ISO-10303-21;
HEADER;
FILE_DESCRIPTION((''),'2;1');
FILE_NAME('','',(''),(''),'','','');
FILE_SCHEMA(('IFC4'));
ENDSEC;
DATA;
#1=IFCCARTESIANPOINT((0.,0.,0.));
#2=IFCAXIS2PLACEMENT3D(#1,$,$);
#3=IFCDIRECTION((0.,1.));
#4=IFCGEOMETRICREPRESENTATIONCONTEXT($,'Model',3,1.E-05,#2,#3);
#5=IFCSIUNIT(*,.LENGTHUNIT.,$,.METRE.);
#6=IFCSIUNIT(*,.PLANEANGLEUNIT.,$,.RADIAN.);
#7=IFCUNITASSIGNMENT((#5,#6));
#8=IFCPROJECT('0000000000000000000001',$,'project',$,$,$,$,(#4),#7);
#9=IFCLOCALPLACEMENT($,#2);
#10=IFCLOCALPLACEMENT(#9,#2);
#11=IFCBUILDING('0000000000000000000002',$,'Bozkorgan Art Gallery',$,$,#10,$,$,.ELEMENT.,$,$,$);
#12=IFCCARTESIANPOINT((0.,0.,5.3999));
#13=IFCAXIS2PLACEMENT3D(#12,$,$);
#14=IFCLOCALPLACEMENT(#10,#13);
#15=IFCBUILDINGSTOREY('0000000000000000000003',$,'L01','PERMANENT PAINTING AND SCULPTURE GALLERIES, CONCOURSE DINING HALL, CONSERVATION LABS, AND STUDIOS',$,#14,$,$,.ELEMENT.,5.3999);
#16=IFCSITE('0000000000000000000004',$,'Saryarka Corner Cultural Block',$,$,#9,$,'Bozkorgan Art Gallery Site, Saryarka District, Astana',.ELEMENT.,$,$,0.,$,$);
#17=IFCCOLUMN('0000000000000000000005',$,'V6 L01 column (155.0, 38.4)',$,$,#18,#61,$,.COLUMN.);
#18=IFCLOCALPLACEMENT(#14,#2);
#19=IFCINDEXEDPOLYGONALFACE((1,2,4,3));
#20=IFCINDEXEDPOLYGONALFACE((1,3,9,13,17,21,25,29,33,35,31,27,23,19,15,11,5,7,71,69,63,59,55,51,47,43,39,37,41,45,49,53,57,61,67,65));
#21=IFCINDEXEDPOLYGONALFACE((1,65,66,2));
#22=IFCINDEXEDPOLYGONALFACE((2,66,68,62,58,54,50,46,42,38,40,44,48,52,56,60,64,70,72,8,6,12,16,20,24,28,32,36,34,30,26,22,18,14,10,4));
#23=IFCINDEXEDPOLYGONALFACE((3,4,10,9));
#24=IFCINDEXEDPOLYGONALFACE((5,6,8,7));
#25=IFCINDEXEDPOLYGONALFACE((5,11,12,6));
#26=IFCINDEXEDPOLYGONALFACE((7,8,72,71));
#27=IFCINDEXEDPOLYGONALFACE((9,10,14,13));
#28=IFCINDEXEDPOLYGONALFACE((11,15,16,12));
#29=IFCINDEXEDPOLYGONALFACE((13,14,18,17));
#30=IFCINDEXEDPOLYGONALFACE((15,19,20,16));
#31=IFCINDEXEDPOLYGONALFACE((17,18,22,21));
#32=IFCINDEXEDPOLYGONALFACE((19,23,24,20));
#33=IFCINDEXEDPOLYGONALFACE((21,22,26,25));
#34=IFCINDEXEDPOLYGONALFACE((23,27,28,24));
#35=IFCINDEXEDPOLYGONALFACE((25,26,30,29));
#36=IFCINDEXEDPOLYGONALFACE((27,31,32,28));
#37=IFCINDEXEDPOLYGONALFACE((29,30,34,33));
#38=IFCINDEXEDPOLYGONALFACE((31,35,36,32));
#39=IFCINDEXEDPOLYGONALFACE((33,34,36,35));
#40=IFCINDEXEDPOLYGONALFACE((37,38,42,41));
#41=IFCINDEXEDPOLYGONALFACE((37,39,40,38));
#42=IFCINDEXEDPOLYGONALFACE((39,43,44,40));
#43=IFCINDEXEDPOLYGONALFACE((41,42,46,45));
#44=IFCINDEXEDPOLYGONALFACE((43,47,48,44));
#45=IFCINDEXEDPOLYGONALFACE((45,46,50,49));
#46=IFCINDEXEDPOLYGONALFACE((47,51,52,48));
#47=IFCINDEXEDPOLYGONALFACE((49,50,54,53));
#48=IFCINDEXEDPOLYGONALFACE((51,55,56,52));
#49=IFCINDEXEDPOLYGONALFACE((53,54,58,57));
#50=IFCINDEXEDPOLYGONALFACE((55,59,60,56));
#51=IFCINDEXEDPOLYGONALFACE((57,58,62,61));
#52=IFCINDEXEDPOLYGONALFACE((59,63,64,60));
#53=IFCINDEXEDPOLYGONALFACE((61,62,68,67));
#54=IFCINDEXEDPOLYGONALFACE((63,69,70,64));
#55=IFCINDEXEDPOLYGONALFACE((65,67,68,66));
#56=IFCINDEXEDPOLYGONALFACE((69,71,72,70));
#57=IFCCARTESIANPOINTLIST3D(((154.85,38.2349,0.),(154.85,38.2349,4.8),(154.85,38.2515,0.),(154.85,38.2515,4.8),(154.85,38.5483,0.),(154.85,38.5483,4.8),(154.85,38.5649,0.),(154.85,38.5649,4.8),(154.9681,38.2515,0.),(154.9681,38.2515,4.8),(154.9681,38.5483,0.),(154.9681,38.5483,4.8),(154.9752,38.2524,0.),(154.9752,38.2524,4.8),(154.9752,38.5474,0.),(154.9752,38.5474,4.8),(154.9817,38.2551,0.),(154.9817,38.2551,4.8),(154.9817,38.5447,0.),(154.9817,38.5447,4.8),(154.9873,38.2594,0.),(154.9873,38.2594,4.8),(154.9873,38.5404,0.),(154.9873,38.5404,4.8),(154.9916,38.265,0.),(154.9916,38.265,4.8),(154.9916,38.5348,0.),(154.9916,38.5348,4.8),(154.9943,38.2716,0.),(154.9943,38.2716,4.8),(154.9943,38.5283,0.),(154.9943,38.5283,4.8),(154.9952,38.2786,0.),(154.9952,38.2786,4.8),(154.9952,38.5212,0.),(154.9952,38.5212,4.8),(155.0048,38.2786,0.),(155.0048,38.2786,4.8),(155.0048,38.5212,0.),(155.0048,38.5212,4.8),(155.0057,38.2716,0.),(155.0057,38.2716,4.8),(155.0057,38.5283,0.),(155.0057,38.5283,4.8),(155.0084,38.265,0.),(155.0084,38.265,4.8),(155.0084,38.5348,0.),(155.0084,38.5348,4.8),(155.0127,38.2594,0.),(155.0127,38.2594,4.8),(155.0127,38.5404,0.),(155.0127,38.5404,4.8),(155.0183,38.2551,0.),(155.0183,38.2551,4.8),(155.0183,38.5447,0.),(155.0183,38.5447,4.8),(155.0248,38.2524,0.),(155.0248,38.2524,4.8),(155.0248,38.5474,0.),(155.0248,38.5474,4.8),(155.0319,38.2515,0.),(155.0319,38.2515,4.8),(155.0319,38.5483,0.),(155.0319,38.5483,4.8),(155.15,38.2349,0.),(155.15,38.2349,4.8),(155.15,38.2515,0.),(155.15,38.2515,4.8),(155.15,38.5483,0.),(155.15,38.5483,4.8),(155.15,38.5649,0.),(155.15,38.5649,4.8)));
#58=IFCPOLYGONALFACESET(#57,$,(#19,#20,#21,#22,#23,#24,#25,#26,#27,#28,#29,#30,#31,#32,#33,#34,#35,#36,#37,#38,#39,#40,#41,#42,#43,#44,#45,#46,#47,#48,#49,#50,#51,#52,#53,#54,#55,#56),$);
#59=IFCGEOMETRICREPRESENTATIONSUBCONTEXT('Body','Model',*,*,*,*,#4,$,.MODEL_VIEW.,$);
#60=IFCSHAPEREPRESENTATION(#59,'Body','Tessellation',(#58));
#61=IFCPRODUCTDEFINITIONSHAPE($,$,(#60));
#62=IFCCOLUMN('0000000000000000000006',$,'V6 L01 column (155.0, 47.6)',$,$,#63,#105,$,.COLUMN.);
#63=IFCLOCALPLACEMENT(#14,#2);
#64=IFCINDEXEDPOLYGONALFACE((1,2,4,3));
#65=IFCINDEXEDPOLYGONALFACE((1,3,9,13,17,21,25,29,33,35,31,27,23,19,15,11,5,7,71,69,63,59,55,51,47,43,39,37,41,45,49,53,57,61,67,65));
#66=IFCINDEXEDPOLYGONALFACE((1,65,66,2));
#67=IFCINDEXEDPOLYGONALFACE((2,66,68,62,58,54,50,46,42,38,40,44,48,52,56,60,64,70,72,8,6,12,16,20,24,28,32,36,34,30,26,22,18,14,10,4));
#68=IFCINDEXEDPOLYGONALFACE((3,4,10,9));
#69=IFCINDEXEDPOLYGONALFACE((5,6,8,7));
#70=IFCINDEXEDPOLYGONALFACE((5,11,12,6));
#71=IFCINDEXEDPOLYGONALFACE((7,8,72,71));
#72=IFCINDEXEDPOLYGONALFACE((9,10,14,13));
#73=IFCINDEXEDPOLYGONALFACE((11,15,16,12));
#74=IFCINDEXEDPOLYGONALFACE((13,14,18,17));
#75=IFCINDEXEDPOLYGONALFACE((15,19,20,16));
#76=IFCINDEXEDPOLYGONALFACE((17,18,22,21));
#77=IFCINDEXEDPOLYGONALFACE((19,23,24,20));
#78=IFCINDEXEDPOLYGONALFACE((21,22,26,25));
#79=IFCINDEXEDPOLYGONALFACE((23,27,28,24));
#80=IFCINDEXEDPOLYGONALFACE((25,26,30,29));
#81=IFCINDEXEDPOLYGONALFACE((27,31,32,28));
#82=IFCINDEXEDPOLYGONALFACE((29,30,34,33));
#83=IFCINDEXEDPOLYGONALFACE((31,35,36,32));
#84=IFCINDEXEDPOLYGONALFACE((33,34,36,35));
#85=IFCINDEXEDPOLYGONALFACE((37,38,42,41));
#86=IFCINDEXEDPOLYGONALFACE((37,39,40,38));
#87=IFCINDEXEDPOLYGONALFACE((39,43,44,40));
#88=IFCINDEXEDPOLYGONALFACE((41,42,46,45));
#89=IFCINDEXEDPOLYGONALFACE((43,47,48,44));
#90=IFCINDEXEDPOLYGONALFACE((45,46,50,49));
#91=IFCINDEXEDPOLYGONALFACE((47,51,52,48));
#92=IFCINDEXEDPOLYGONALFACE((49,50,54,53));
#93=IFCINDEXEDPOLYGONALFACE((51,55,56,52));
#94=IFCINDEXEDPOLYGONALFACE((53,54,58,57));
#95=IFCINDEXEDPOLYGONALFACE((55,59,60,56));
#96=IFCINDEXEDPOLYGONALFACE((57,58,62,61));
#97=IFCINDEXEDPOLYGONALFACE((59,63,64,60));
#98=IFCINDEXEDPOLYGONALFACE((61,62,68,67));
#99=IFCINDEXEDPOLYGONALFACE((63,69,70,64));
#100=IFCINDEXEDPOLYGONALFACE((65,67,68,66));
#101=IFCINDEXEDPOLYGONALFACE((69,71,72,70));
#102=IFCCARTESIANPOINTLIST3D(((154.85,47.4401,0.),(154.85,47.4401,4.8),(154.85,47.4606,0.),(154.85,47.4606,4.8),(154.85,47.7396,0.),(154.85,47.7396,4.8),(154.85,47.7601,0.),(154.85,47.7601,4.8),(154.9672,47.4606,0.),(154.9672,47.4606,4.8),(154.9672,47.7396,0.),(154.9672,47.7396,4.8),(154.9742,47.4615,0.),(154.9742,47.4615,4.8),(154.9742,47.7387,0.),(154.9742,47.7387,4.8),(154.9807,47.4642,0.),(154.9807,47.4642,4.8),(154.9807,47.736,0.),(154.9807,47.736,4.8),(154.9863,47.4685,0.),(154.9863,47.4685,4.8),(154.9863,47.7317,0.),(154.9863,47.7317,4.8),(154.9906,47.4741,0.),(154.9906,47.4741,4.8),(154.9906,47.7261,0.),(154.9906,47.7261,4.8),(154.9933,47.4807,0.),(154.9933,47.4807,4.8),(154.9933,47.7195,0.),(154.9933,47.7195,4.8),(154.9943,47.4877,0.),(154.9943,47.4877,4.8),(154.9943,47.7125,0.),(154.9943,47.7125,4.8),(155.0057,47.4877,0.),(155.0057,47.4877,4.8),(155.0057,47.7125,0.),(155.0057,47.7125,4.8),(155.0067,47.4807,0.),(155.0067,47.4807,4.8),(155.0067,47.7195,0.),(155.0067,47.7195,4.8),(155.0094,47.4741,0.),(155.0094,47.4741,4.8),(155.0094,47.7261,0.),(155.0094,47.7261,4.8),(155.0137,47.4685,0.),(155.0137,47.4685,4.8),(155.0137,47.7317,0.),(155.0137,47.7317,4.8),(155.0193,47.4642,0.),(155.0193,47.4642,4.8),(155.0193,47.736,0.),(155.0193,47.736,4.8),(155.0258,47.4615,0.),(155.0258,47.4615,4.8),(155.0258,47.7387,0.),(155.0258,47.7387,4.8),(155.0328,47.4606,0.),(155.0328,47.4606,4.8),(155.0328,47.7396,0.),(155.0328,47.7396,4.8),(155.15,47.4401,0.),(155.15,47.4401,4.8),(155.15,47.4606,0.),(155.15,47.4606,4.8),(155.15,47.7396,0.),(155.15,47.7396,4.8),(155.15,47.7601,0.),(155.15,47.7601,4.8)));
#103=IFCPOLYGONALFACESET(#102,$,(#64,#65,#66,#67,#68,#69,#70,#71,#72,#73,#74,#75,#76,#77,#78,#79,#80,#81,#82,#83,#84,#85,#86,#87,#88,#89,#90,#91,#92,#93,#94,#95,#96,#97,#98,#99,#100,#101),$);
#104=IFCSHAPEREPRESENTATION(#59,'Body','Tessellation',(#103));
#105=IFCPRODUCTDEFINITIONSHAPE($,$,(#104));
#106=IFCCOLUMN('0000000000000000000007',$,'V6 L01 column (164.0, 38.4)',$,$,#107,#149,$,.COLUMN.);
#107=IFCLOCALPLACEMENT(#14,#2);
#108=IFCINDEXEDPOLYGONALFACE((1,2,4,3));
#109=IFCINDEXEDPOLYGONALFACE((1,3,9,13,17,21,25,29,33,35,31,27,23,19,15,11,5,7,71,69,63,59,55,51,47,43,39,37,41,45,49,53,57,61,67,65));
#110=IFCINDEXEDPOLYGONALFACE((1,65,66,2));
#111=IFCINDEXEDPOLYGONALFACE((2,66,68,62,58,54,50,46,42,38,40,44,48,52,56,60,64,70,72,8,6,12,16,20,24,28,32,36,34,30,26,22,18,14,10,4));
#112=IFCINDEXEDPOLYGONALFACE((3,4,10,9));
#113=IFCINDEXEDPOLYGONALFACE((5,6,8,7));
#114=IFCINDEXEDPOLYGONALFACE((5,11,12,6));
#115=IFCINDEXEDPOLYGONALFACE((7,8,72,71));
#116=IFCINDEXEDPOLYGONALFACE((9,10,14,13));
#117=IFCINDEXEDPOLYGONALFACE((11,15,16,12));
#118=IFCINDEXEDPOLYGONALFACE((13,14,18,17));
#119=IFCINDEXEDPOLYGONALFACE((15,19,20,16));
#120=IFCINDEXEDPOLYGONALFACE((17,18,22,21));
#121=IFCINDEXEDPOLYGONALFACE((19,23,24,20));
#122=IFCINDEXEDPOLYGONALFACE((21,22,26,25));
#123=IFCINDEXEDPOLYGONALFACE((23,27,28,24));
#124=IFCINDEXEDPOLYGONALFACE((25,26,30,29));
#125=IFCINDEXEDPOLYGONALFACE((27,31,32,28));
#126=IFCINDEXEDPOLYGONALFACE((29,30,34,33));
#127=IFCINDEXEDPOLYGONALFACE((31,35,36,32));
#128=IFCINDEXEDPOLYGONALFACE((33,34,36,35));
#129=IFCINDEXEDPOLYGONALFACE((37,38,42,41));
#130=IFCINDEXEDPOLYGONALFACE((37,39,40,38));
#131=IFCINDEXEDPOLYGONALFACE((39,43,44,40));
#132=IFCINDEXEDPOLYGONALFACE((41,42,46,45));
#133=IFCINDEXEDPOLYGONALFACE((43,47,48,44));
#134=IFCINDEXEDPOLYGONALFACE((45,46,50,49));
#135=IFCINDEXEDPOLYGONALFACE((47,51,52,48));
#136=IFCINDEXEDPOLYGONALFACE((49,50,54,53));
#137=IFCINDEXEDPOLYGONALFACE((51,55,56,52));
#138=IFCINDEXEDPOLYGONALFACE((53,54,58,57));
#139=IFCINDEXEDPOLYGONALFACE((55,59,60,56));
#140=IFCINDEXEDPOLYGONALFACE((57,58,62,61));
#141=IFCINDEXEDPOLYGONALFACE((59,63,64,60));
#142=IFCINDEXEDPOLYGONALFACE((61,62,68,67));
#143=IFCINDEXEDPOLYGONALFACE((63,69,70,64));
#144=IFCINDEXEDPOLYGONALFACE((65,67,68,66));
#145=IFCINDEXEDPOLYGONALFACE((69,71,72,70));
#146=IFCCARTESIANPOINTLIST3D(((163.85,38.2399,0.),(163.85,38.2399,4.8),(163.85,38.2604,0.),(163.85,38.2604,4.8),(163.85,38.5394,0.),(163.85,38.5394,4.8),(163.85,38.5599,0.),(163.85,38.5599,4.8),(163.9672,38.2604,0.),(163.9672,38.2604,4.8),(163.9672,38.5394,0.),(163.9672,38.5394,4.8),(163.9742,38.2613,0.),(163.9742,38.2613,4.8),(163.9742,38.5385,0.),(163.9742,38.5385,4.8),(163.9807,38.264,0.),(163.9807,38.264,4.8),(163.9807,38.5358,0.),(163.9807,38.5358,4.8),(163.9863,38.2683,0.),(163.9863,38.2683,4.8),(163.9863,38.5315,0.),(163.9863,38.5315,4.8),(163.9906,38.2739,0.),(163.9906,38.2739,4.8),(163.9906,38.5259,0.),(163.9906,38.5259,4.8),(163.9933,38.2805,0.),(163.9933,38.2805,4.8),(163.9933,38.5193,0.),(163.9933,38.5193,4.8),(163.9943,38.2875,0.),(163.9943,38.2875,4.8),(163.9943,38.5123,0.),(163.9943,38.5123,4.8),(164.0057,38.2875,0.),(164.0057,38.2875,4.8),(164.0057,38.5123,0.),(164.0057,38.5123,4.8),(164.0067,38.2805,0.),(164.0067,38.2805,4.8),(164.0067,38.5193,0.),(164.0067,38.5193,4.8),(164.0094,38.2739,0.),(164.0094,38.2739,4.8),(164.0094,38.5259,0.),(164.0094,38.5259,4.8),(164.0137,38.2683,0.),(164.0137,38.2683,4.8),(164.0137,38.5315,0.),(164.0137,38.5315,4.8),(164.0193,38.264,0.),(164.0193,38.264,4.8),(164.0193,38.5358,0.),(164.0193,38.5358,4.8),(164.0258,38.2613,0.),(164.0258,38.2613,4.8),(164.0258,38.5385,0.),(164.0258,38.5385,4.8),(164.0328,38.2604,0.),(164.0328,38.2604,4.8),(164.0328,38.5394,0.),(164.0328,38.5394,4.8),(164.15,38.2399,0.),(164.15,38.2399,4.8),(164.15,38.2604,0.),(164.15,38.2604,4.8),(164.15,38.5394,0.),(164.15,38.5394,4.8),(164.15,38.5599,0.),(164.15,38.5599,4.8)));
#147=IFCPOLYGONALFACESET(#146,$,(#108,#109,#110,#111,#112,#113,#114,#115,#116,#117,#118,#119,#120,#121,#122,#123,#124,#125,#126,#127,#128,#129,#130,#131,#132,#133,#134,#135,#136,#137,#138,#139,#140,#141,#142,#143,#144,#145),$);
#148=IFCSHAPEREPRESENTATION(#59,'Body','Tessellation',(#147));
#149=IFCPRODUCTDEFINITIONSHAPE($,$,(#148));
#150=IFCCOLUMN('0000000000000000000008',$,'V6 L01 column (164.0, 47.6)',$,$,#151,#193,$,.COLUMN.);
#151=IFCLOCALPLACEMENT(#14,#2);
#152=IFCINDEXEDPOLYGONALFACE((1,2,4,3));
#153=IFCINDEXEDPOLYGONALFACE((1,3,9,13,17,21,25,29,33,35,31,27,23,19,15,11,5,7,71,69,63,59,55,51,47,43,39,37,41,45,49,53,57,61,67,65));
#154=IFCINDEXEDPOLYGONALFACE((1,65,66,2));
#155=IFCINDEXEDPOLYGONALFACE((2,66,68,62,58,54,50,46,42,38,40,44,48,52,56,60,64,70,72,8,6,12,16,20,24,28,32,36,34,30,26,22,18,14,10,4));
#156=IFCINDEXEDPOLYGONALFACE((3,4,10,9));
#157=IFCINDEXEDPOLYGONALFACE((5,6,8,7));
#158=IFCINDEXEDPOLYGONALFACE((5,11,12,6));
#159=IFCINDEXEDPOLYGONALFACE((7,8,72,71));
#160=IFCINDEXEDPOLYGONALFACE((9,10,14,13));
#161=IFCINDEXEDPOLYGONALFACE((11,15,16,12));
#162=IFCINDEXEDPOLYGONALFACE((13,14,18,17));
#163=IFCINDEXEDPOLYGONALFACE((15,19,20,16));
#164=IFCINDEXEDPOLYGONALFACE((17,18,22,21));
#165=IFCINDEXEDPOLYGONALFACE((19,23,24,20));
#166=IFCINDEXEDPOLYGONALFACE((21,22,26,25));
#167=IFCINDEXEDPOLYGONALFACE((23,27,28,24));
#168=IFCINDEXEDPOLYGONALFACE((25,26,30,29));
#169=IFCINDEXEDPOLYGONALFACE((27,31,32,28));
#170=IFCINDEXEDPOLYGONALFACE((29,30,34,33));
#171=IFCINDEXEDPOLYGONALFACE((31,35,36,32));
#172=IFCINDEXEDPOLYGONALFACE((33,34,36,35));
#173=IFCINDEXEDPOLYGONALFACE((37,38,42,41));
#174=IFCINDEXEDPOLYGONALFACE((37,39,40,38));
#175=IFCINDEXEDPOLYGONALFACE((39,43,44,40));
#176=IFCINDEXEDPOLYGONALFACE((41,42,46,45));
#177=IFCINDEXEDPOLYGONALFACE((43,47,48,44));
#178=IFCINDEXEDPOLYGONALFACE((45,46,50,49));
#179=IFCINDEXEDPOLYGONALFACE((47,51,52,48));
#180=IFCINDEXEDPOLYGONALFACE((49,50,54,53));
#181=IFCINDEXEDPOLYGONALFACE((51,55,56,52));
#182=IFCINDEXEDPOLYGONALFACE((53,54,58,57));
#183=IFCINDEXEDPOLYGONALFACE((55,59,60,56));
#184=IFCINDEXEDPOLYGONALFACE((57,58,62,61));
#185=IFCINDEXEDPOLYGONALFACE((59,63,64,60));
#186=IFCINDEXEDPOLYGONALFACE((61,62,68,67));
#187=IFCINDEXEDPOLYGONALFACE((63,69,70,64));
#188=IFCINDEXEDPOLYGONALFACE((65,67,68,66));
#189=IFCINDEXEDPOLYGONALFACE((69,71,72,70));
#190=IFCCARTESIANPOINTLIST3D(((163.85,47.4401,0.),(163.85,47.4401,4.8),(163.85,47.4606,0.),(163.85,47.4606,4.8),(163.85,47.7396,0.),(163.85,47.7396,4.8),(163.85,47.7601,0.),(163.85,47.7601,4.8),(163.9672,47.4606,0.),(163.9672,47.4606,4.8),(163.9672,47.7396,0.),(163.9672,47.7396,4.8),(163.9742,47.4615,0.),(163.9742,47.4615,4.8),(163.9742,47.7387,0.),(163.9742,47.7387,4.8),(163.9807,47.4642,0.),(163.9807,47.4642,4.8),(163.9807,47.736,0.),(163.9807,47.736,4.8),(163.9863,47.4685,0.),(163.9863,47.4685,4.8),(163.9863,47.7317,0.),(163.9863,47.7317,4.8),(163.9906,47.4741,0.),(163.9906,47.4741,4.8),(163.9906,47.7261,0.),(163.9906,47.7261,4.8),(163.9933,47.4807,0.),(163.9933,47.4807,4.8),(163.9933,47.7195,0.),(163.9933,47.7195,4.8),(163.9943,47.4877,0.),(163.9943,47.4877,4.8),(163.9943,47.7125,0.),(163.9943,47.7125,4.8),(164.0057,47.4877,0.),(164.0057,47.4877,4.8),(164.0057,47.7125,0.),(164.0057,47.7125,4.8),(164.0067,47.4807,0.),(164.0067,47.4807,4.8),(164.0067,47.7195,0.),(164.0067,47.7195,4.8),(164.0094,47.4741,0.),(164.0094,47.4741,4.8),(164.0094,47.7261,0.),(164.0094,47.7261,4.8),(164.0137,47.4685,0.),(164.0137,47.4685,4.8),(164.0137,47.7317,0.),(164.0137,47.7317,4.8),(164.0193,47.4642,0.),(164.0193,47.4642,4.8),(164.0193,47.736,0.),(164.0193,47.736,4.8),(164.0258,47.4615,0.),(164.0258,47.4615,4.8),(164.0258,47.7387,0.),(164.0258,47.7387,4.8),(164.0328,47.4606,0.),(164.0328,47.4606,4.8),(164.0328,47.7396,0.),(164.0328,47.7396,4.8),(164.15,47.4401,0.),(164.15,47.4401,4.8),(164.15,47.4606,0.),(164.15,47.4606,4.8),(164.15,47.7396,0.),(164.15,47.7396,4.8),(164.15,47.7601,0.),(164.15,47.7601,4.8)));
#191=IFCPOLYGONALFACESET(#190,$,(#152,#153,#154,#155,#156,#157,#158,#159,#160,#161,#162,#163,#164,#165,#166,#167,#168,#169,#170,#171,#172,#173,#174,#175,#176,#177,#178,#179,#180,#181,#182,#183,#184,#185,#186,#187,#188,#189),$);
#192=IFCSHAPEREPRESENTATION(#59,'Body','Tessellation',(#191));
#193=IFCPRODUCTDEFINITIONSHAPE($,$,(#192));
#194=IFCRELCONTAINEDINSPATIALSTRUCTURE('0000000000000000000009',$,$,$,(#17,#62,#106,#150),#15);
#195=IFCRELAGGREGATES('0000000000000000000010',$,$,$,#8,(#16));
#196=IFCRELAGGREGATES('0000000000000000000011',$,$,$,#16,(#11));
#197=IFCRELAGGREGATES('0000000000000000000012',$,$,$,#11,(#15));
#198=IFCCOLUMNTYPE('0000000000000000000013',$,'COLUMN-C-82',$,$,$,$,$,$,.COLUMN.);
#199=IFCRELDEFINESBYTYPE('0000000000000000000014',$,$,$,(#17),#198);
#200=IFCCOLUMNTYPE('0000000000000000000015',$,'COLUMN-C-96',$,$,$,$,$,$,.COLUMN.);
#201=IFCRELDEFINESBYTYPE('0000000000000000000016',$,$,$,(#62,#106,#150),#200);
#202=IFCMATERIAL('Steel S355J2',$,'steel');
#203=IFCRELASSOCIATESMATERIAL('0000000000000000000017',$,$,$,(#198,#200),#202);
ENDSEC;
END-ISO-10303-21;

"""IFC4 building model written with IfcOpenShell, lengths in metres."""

from ifc_helpers import new_model, si_unit, direction, frame, origin, origin_2d, place, context, subcontext, project, spatial, i_section, extrude, material, material_profile, profile_set, type_object, element, save


model = new_model("IFC4")

# Units and contexts
model_context = context("Model", 3, precision=1e-05, world=origin(), true_north=direction((0.0, 1.0)))
body_context = subcontext(model_context, "Body", "Model", "MODEL_VIEW")
ifc_project = project(units=[si_unit("LENGTHUNIT", "METRE"), si_unit("PLANEANGLEUNIT", "RADIAN")], contexts=[model_context])

# Site, building, storey
site_placement = place(None, origin())
site = spatial("IfcSite", under=ifc_project, at=site_placement, Name="Saryarka Corner Cultural Block", LongName="Bozkorgan Art Gallery Site, Saryarka District, Astana", CompositionType="ELEMENT", RefElevation=0.0)
building_placement = place(site_placement, origin())
building = spatial("IfcBuilding", under=site, at=building_placement, Name="Bozkorgan Art Gallery", CompositionType="ELEMENT")
storey_placement = place(building_placement, frame((0.0, 0.0, 5.3999)))
storey = spatial("IfcBuildingStorey", under=building, at=storey_placement, Name="L01", Description="PERMANENT PAINTING AND SCULPTURE GALLERIES, CONCOURSE DINING HALL, CONSERVATION LABS, AND STUDIOS", CompositionType="ELEMENT", Elevation=5.3999)

# Columns
ifc_material_1 = material(Name="Steel S355J2", Category="steel")
ifc_material_profile_1 = material_profile(ifc_material_1, i_section(OverallWidth=0.3, OverallDepth=0.3301, WebThickness=0.0095, FlangeThickness=0.0166, FilletRadius=0.0271, at=origin_2d()), Name="HEA 340")
ifc_profile_set_1 = profile_set([ifc_material_profile_1], Name="Steel S355J2")
column_type_1 = type_object("IfcColumnType", Name="COLUMN-C-82", PredefinedType="COLUMN", material=ifc_profile_set_1)
column_placement = place(storey_placement, frame((155.0, 38.3999, 0.0), z_axis=(0.0, 0.0, 1.0), x_axis=(1.0, 0.0, 0.0)))
element("IfcColumn", 1, at=column_placement, inside=storey, type_object=column_type_1, Name="V6 L01 column (155.0, 38.4)", PredefinedType="COLUMN", context=body_context, shape_type="SweptSolid", body=[
    extrude(i_section(OverallWidth=0.3, OverallDepth=0.3301, WebThickness=0.0095, FlangeThickness=0.0166, FilletRadius=0.0271, at=origin_2d()), origin(), (0.0, 0.0, 1.0), 4.8),
])
ifc_material_profile_2 = material_profile(ifc_material_1, i_section(OverallWidth=0.3, OverallDepth=0.3201, WebThickness=0.0115, FlangeThickness=0.0205, FilletRadius=0.0271, at=origin_2d()), Name="HEB 320")
ifc_profile_set_2 = profile_set([ifc_material_profile_2], Name="Steel S355J2")
column_type_2 = type_object("IfcColumnType", Name="COLUMN-C-96", PredefinedType="COLUMN", material=ifc_profile_set_2)
for number, where, z_axis, x_axis, name in (
    (2, (155.0, 47.6001, 0.0), (0.0, 0.0, 1.0), (1.0, 0.0, 0.0), "V6 L01 column (155.0, 47.6)"),
    (3, (164.0, 38.3999, 0.0), (0.0, 0.0, 1.0), (1.0, 0.0, 0.0), "V6 L01 column (164.0, 38.4)"),
    (4, (164.0, 47.6001, 0.0), (0.0, 0.0, 1.0), (1.0, 0.0, 0.0), "V6 L01 column (164.0, 47.6)"),
):
    element("IfcColumn", number, at=place(storey_placement, frame(where, z_axis=z_axis, x_axis=x_axis)), inside=storey, type_object=column_type_2, Name=name, PredefinedType="COLUMN", context=body_context, shape_type="SweptSolid", body=[
        extrude(i_section(OverallWidth=0.3, OverallDepth=0.3201, WebThickness=0.0115, FlangeThickness=0.0205, FilletRadius=0.0271, at=origin_2d()), origin(), (0.0, 0.0, 1.0), 4.8),
    ])

save(model, "model.ifc")
